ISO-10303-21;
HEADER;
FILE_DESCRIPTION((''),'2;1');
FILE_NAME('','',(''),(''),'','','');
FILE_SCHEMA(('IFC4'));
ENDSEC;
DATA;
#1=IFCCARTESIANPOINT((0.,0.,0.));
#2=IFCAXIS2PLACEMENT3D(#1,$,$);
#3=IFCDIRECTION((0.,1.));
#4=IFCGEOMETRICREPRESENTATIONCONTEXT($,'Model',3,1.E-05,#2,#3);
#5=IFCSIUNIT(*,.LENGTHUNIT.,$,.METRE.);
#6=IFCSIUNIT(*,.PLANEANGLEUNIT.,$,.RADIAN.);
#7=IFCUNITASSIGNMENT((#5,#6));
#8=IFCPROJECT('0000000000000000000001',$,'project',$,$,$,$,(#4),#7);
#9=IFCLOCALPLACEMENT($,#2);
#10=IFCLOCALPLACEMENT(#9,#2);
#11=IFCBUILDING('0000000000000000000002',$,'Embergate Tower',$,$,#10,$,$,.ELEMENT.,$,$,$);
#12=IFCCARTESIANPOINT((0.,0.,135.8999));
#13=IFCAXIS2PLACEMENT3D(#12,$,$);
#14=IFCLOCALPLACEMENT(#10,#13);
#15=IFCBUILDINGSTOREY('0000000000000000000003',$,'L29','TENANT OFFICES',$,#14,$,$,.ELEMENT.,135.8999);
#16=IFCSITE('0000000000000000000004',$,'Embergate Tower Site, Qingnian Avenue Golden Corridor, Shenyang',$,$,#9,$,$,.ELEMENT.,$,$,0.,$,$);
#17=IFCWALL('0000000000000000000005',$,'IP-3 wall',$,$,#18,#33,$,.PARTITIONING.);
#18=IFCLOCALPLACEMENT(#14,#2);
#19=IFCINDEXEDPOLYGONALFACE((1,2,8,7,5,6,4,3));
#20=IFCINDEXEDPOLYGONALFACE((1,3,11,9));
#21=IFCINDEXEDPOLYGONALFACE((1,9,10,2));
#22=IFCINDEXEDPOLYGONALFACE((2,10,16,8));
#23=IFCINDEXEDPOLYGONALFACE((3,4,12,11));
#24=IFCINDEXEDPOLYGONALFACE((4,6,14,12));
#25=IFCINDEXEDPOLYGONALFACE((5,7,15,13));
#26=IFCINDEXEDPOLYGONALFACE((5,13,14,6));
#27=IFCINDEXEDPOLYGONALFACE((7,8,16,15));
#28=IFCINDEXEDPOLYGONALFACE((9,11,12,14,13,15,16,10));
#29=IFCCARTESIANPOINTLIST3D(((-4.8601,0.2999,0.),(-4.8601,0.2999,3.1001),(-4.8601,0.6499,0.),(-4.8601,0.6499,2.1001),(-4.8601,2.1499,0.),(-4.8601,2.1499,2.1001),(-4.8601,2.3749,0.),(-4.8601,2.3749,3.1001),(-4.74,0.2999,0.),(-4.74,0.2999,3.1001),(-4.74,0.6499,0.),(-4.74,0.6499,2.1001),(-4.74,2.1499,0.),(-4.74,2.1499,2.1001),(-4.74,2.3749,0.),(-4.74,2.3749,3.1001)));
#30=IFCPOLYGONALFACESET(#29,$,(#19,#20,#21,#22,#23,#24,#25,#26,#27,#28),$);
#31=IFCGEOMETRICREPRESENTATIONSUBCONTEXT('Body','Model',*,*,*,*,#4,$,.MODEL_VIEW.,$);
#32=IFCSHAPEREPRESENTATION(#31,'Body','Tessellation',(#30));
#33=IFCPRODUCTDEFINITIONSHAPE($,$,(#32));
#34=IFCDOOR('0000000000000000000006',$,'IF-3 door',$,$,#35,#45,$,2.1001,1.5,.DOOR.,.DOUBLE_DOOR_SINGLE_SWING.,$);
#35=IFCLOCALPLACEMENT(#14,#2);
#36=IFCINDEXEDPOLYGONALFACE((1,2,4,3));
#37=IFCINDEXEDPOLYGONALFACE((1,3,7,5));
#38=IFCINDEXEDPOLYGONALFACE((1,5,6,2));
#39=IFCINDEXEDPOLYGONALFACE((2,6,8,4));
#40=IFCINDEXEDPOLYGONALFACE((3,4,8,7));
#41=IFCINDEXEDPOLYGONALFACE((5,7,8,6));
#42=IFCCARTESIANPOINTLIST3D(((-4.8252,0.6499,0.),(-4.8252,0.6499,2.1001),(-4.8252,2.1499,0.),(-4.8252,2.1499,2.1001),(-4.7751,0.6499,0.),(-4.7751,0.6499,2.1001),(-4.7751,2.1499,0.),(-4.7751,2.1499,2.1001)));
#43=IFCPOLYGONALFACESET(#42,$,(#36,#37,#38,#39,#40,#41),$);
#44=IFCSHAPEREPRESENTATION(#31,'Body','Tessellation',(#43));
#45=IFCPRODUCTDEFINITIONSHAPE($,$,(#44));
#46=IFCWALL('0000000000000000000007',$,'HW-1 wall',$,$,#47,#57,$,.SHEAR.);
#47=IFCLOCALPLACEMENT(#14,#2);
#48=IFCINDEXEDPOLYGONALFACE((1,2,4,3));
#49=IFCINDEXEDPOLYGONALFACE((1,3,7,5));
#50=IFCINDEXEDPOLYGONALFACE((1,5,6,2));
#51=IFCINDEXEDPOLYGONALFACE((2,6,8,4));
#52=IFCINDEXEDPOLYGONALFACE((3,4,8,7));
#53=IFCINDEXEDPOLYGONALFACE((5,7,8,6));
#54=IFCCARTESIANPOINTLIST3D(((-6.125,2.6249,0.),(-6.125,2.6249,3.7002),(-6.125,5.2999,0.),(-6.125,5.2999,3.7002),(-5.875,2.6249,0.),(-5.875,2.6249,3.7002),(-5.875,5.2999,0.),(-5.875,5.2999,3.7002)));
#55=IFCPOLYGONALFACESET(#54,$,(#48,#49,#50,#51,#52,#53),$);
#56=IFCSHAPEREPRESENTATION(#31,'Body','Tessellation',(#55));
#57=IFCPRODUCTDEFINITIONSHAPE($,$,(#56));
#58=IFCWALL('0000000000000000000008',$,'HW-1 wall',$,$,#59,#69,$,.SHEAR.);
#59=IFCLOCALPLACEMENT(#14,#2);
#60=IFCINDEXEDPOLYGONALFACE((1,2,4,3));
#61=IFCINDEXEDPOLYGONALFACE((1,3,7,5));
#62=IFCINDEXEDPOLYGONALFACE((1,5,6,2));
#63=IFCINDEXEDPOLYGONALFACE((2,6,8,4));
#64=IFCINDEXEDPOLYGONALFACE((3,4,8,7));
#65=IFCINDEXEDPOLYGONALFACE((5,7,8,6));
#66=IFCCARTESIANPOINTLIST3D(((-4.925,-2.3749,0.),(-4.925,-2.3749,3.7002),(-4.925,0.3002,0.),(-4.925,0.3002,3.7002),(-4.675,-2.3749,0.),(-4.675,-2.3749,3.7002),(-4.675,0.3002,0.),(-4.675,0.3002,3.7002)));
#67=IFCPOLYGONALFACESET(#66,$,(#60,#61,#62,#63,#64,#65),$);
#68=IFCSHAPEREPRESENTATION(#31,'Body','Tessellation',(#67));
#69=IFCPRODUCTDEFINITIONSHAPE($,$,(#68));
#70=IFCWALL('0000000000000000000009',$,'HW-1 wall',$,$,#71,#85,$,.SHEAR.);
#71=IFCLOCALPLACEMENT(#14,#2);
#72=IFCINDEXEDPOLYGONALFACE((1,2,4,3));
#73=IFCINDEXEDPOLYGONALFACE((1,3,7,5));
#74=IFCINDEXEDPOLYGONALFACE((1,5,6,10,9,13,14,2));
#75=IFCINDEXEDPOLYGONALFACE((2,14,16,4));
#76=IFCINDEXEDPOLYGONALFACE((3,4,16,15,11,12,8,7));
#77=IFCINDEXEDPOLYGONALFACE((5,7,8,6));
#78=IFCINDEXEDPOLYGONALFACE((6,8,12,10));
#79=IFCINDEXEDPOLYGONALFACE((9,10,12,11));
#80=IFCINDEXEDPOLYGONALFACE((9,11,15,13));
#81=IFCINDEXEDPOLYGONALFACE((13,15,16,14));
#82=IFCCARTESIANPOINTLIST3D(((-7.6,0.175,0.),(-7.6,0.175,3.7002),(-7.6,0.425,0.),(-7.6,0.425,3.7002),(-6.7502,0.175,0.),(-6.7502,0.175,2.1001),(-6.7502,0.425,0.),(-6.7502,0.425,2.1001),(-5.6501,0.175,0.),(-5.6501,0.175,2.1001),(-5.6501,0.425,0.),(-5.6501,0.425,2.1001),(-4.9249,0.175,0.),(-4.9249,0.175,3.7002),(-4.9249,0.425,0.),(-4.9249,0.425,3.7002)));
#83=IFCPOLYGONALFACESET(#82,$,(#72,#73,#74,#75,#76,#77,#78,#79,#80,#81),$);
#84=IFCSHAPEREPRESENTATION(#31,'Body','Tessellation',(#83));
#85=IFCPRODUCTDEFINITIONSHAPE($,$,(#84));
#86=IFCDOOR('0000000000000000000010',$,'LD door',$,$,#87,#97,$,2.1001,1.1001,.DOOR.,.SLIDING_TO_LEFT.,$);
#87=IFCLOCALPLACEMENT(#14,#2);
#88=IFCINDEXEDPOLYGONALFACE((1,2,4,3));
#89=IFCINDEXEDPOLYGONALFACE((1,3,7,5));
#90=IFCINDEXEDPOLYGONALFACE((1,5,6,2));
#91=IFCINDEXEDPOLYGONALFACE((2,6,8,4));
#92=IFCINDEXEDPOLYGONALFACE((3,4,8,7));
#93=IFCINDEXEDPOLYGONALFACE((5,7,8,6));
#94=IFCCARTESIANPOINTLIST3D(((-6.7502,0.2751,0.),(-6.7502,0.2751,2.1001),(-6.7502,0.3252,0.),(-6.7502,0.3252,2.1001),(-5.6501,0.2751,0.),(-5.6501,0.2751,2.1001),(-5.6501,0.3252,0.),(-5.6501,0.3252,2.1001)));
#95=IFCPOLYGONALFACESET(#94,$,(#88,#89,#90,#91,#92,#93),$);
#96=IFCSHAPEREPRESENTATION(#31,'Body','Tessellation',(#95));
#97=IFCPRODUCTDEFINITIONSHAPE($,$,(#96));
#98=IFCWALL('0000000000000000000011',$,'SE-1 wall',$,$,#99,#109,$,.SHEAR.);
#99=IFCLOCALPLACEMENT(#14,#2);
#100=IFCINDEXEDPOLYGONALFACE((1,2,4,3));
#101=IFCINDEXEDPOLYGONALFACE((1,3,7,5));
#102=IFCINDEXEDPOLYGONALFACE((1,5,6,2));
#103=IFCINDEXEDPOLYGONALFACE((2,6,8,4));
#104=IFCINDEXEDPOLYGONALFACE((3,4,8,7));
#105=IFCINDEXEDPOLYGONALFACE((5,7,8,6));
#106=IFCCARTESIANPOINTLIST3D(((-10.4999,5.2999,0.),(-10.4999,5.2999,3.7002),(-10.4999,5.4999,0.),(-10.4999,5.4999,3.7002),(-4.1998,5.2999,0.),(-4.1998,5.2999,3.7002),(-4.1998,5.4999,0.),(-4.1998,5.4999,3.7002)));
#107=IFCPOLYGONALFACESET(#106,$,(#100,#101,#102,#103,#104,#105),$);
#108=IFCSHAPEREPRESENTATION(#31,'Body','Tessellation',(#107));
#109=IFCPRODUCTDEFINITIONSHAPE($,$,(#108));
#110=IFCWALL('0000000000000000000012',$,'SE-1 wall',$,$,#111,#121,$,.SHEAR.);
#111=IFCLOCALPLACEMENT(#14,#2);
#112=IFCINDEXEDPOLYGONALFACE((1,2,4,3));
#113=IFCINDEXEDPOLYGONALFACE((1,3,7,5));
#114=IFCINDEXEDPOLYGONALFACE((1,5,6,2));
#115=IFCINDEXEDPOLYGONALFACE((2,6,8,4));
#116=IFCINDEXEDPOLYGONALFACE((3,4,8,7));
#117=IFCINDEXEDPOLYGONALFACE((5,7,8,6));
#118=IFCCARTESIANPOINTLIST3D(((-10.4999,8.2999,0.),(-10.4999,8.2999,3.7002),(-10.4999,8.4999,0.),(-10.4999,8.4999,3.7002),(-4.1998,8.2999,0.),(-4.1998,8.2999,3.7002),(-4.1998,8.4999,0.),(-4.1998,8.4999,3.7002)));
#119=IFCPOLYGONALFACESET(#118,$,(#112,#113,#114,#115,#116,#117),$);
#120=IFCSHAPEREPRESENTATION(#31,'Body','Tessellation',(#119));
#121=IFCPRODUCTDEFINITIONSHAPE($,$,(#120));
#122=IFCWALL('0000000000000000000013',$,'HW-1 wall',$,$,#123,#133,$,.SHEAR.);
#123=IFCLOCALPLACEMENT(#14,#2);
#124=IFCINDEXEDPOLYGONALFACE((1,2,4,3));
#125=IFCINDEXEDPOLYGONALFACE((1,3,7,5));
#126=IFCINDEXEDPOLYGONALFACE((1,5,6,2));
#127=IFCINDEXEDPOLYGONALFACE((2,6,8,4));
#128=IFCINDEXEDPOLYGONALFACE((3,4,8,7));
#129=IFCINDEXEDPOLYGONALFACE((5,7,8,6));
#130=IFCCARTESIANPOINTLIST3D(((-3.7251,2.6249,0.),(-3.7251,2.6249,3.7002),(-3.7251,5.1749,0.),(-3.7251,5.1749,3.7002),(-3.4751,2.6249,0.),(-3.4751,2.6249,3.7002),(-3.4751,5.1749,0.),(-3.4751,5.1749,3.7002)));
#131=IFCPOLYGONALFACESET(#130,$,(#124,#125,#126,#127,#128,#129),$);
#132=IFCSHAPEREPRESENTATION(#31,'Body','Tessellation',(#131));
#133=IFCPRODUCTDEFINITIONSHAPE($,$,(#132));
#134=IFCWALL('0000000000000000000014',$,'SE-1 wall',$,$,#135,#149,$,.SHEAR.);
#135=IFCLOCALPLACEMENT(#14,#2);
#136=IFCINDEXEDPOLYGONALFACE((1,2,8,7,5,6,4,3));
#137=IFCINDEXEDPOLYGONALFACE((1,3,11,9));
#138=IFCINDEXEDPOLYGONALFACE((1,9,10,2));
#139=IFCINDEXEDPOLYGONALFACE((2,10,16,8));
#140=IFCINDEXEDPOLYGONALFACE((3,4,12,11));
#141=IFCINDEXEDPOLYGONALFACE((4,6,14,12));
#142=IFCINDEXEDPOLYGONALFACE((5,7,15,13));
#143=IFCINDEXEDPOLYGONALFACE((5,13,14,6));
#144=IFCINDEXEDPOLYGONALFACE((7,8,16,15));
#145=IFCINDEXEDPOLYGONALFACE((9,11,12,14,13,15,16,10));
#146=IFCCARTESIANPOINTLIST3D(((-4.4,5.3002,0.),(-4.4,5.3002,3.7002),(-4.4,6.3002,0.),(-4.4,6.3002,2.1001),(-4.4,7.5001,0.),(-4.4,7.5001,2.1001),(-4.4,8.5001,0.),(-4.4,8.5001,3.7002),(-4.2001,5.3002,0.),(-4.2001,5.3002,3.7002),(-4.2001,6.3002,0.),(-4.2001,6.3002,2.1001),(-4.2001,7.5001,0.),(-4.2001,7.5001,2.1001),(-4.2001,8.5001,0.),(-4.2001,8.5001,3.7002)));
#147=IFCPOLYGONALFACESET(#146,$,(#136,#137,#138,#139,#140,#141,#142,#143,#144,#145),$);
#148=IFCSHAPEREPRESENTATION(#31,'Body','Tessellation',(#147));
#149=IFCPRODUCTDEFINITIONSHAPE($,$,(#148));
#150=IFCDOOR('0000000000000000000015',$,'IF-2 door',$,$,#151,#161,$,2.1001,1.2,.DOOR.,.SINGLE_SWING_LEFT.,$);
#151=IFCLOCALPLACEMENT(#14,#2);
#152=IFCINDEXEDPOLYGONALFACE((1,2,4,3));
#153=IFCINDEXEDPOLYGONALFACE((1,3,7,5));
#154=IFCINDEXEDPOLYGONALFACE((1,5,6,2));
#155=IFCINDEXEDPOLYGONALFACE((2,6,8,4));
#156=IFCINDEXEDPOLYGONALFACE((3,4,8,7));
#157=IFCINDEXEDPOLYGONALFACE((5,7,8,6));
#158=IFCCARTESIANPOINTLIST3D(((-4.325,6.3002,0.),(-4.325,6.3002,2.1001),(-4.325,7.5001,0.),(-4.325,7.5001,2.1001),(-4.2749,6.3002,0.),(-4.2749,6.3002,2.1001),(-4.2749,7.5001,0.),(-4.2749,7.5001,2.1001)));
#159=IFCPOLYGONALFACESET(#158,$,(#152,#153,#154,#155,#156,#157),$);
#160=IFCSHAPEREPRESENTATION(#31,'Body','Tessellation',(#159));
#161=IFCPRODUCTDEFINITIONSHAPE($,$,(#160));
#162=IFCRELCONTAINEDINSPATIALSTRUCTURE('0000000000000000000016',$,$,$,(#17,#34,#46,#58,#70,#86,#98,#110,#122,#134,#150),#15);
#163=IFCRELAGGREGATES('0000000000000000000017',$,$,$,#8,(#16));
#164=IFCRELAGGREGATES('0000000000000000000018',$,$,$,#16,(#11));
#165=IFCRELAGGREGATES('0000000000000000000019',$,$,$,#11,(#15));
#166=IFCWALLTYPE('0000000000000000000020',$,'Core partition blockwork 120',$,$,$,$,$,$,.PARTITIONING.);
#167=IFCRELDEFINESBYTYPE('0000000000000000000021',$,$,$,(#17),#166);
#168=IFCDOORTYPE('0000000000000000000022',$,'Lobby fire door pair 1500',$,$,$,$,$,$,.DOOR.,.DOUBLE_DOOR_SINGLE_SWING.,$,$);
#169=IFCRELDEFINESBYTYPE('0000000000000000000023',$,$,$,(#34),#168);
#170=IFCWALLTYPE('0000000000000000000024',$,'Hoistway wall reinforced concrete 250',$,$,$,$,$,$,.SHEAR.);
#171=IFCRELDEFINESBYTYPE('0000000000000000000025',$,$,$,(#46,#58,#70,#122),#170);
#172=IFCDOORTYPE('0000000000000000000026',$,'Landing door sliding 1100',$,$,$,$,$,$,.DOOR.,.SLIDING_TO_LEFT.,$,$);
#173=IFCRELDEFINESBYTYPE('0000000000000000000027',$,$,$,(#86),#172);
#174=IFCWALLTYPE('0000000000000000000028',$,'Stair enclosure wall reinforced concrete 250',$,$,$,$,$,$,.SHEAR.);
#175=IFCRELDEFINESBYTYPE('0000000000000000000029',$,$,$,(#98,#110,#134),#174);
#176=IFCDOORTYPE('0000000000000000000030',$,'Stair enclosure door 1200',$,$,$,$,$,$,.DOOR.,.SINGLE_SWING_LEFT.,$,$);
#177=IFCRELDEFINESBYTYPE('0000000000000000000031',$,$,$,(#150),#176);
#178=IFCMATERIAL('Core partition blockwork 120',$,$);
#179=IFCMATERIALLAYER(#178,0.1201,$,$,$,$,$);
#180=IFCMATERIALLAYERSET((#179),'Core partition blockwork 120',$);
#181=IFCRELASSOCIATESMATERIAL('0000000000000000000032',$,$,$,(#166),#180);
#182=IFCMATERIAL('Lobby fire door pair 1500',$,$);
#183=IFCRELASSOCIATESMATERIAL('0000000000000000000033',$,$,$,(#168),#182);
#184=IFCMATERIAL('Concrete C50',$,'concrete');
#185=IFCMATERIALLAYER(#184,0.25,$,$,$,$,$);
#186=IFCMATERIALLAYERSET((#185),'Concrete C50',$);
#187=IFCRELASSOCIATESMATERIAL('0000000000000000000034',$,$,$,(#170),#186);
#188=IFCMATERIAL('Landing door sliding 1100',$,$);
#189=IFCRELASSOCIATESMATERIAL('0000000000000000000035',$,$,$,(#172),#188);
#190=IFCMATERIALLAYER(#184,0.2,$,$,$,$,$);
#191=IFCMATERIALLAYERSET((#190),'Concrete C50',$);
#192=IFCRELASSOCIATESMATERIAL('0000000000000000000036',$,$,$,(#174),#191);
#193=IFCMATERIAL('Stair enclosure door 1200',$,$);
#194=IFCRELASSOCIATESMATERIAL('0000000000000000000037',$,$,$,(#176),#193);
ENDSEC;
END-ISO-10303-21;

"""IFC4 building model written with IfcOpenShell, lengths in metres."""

from ifc_helpers import new_model, si_unit, direction, frame, frame_2d, origin, place, context, subcontext, project, spatial, rectangle, extrude, source, transform, mapped, material, layer, layer_set, type_object, element, fill, save


model = new_model("IFC4")

# Units and contexts
model_context = context("Model", 3, precision=1e-05, world=origin(), true_north=direction((0.0, 1.0)))
body_context = subcontext(model_context, "Body", "Model", "MODEL_VIEW")
ifc_project = project(units=[si_unit("LENGTHUNIT", "METRE"), si_unit("PLANEANGLEUNIT", "RADIAN")], contexts=[model_context])

# Site, building, storey
site_placement = place(None, origin())
site = spatial("IfcSite", under=ifc_project, at=site_placement, Name="Embergate Tower Site, Qingnian Avenue Golden Corridor, Shenyang", CompositionType="ELEMENT", RefElevation=0.0)
building_placement = place(site_placement, origin())
building = spatial("IfcBuilding", under=site, at=building_placement, Name="Embergate Tower", CompositionType="ELEMENT")
storey_placement = place(building_placement, frame((0.0, 0.0, 135.8999)))
storey = spatial("IfcBuildingStorey", under=building, at=storey_placement, Name="L29", Description="TENANT OFFICES", CompositionType="ELEMENT", Elevation=135.8999)

# Wall, opening, door
ifc_material_1 = material(Name="Core partition blockwork 120")
ifc_layer_1 = layer(ifc_material_1, 0.1201)
ifc_layer_set_1 = layer_set([ifc_layer_1], Name="Core partition blockwork 120")
wall_type_1 = type_object("IfcWallType", Name="Core partition blockwork 120", PredefinedType="PARTITIONING", material=ifc_layer_set_1)
shared_shape_1 = source(origin(), body_context, "Body", "SweptSolid", [
    extrude(rectangle(XDim=2.075, YDim=0.1201, at=frame_2d((1.0376, 0.0))), origin(), (0.0, 0.0, 1.0), 3.1001),
])
wall_1_placement = place(storey_placement, frame((-4.8, 2.375, 0.0), z_axis=(0.0, 0.0, 1.0), x_axis=(0.0, -1.0, 0.0)))
wall_1 = element("IfcWall", 1, at=wall_1_placement, inside=storey, type_object=wall_type_1, Name="IP-3 wall", PredefinedType="PARTITIONING", context=body_context, shape_type="MappedRepresentation", body=[
    mapped(shared_shape_1, transform((0.0, 0.0, 0.0))),
])
shared_shape_2 = source(origin(), body_context, "Body", "SweptSolid", [
    extrude(rectangle(XDim=1.5, YDim=2.1001, at=frame_2d((0.75, 1.05))), frame((0.0, 0.0701, 0.0), z_axis=(0.0, -1.0, 0.0), x_axis=(1.0, 0.0, 0.0)), (0.0, 0.0, 1.0), 0.1401),
])
opening_1_placement = place(wall_1_placement, frame((0.2251, 0.0, 0.0)))
opening_1 = element("IfcOpeningElement", 2, at=opening_1_placement, cuts=wall_1, PredefinedType="OPENING", context=body_context, shape_type="MappedRepresentation", body=[
    mapped(shared_shape_2, transform((0.0, 0.0, 0.0))),
])
ifc_material_2 = material(Name="Lobby fire door pair 1500")
door_type_1 = type_object("IfcDoorType", Name="Lobby fire door pair 1500", OperationType="DOUBLE_DOOR_SINGLE_SWING", PredefinedType="DOOR", material=ifc_material_2)
shared_shape_3 = source(origin(), body_context, "Body", "SweptSolid", [
    extrude(rectangle(XDim=1.5, YDim=2.1001, at=frame_2d((0.75, 1.05))), frame((0.0, 0.0249, 0.0), z_axis=(0.0, -1.0, 0.0), x_axis=(1.0, 0.0, 0.0)), (0.0, 0.0, 1.0), 0.05),
])
door_1_placement = place(opening_1_placement, origin())
door_1 = element("IfcDoor", 3, at=door_1_placement, inside=storey, type_object=door_type_1, Name="IF-3 door", OperationType="DOUBLE_DOOR_SINGLE_SWING", OverallHeight=2.1001, OverallWidth=1.5, PredefinedType="DOOR", context=body_context, shape_type="MappedRepresentation", body=[
    mapped(shared_shape_3, transform((0.0, 0.0, 0.0))),
])
fill(opening_1, door_1)

# Walls
ifc_material_3 = material(Name="Concrete C50", Category="concrete")
ifc_layer_2 = layer(ifc_material_3, 0.25)
ifc_layer_set_2 = layer_set([ifc_layer_2], Name="Concrete C50")
wall_type_2 = type_object("IfcWallType", Name="Hoistway wall reinforced concrete 250", PredefinedType="SHEAR", material=ifc_layer_set_2)
shared_shape_4 = source(origin(), body_context, "Body", "SweptSolid", [
    extrude(rectangle(XDim=2.675, YDim=0.25, at=frame_2d((1.3374, 0.0))), origin(), (0.0, 0.0, 1.0), 3.7002),
])
for number, where, z_axis, x_axis, name in (
    (4, (-6.0, 2.625, 0.0), (0.0, 0.0, 1.0), (0.0, 1.0, 0.0), "HW-1 wall"),
    (5, (-4.8, 0.3, 0.0), (0.0, 0.0, 1.0), (0.0, -1.0, 0.0), "HW-1 wall"),
):
    element("IfcWall", number, at=place(storey_placement, frame(where, z_axis=z_axis, x_axis=x_axis)), inside=storey, type_object=wall_type_2, Name=name, PredefinedType="SHEAR", context=body_context, shape_type="MappedRepresentation", body=[
        mapped(shared_shape_4, transform((0.0, 0.0, 0.0))),
    ])

# Wall, opening, door
wall_2_placement = place(storey_placement, frame((-4.925, 0.3, 0.0), z_axis=(0.0, 0.0, 1.0), x_axis=(-1.0, 0.0, 0.0)))
wall_2 = element("IfcWall", 6, at=wall_2_placement, inside=storey, type_object=wall_type_2, Name="HW-1 wall", PredefinedType="SHEAR", context=body_context, shape_type="MappedRepresentation", body=[
    mapped(shared_shape_4, transform((0.0, 0.0, 0.0))),
])
shared_shape_5 = source(origin(), body_context, "Body", "SweptSolid", [
    extrude(rectangle(XDim=1.1001, YDim=2.1001, at=frame_2d((0.55, 1.05))), frame((0.0, 0.135, 0.0), z_axis=(0.0, -1.0, 0.0), x_axis=(1.0, 0.0, 0.0)), (0.0, 0.0, 1.0), 0.27),
])
opening_2_placement = place(wall_2_placement, frame((0.7251, 0.0, 0.0)))
opening_2 = element("IfcOpeningElement", 7, at=opening_2_placement, cuts=wall_2, PredefinedType="OPENING", context=body_context, shape_type="MappedRepresentation", body=[
    mapped(shared_shape_5, transform((0.0, 0.0, 0.0))),
])
ifc_material_4 = material(Name="Landing door sliding 1100")
door_type_2 = type_object("IfcDoorType", Name="Landing door sliding 1100", OperationType="SLIDING_TO_LEFT", PredefinedType="DOOR", material=ifc_material_4)
shared_shape_6 = source(origin(), body_context, "Body", "SweptSolid", [
    extrude(rectangle(XDim=1.1001, YDim=2.1001, at=frame_2d((0.55, 1.05))), frame((0.0, 0.0249, 0.0), z_axis=(0.0, -1.0, 0.0), x_axis=(1.0, 0.0, 0.0)), (0.0, 0.0, 1.0), 0.05),
])
door_2_placement = place(opening_2_placement, origin())
door_2 = element("IfcDoor", 8, at=door_2_placement, inside=storey, type_object=door_type_2, Name="LD door", OperationType="SLIDING_TO_LEFT", OverallHeight=2.1001, OverallWidth=1.1001, PredefinedType="DOOR", context=body_context, shape_type="MappedRepresentation", body=[
    mapped(shared_shape_6, transform((0.0, 0.0, 0.0))),
])
fill(opening_2, door_2)

# Walls
ifc_layer_3 = layer(ifc_material_3, 0.2)
ifc_layer_set_3 = layer_set([ifc_layer_3], Name="Concrete C50")
wall_type_3 = type_object("IfcWallType", Name="Stair enclosure wall reinforced concrete 250", PredefinedType="SHEAR", material=ifc_layer_set_3)
shared_shape_7 = source(origin(), body_context, "Body", "SweptSolid", [
    extrude(rectangle(XDim=6.3, YDim=0.2, at=frame_2d((3.1499, 0.0))), origin(), (0.0, 0.0, 1.0), 3.7002),
])
for number, where, z_axis, x_axis, name in (
    (9, (-4.2, 5.3999, 0.0), (0.0, 0.0, 1.0), (-1.0, 0.0, 0.0), "SE-1 wall"),
    (10, (-4.2, 8.3999, 0.0), (0.0, 0.0, 1.0), (-1.0, 0.0, 0.0), "SE-1 wall"),
):
    element("IfcWall", number, at=place(storey_placement, frame(where, z_axis=z_axis, x_axis=x_axis)), inside=storey, type_object=wall_type_3, Name=name, PredefinedType="SHEAR", context=body_context, shape_type="MappedRepresentation", body=[
        mapped(shared_shape_7, transform((0.0, 0.0, 0.0))),
    ])
shared_shape_8 = source(origin(), body_context, "Body", "SweptSolid", [
    extrude(rectangle(XDim=2.55, YDim=0.25, at=frame_2d((1.2749, 0.0))), origin(), (0.0, 0.0, 1.0), 3.7002),
])
wall_3_placement = place(storey_placement, frame((-3.6001, 2.625, 0.0), z_axis=(0.0, 0.0, 1.0), x_axis=(0.0, 1.0, 0.0)))
element("IfcWall", 11, at=wall_3_placement, inside=storey, type_object=wall_type_2, Name="HW-1 wall", PredefinedType="SHEAR", context=body_context, shape_type="MappedRepresentation", body=[
    mapped(shared_shape_8, transform((0.0, 0.0, 0.0))),
])

# Wall, opening, door
shared_shape_9 = source(origin(), body_context, "Body", "SweptSolid", [
    extrude(rectangle(XDim=3.2, YDim=0.2, at=frame_2d((1.6001, 0.0))), origin(), (0.0, 0.0, 1.0), 3.7002),
])
wall_4_placement = place(storey_placement, frame((-4.3, 5.3, 0.0), z_axis=(0.0, 0.0, 1.0), x_axis=(0.0, 1.0, 0.0)))
wall_4 = element("IfcWall", 12, at=wall_4_placement, inside=storey, type_object=wall_type_3, Name="SE-1 wall", PredefinedType="SHEAR", context=body_context, shape_type="MappedRepresentation", body=[
    mapped(shared_shape_9, transform((0.0, 0.0, 0.0))),
])
shared_shape_10 = source(origin(), body_context, "Body", "SweptSolid", [
    extrude(rectangle(XDim=1.2, YDim=2.1001, at=frame_2d((0.6001, 1.05))), frame((0.0, 0.1099, 0.0), z_axis=(0.0, -1.0, 0.0), x_axis=(1.0, 0.0, 0.0)), (0.0, 0.0, 1.0), 0.22),
])
opening_3_placement = place(wall_4_placement, frame((1.0, 0.0, 0.0)))
opening_3 = element("IfcOpeningElement", 13, at=opening_3_placement, cuts=wall_4, PredefinedType="OPENING", context=body_context, shape_type="MappedRepresentation", body=[
    mapped(shared_shape_10, transform((0.0, 0.0, 0.0))),
])
ifc_material_5 = material(Name="Stair enclosure door 1200")
door_type_3 = type_object("IfcDoorType", Name="Stair enclosure door 1200", OperationType="SINGLE_SWING_LEFT", PredefinedType="DOOR", material=ifc_material_5)
shared_shape_11 = source(origin(), body_context, "Body", "SweptSolid", [
    extrude(rectangle(XDim=1.2, YDim=2.1001, at=frame_2d((0.6001, 1.05))), frame((0.0, 0.0249, 0.0), z_axis=(0.0, -1.0, 0.0), x_axis=(1.0, 0.0, 0.0)), (0.0, 0.0, 1.0), 0.05),
])
door_3_placement = place(opening_3_placement, origin())
door_3 = element("IfcDoor", 14, at=door_3_placement, inside=storey, type_object=door_type_3, Name="IF-2 door", OperationType="SINGLE_SWING_LEFT", OverallHeight=2.1001, OverallWidth=1.2, PredefinedType="DOOR", context=body_context, shape_type="MappedRepresentation", body=[
    mapped(shared_shape_11, transform((0.0, 0.0, 0.0))),
])
fill(opening_3, door_3)

save(model, "model.ifc")
